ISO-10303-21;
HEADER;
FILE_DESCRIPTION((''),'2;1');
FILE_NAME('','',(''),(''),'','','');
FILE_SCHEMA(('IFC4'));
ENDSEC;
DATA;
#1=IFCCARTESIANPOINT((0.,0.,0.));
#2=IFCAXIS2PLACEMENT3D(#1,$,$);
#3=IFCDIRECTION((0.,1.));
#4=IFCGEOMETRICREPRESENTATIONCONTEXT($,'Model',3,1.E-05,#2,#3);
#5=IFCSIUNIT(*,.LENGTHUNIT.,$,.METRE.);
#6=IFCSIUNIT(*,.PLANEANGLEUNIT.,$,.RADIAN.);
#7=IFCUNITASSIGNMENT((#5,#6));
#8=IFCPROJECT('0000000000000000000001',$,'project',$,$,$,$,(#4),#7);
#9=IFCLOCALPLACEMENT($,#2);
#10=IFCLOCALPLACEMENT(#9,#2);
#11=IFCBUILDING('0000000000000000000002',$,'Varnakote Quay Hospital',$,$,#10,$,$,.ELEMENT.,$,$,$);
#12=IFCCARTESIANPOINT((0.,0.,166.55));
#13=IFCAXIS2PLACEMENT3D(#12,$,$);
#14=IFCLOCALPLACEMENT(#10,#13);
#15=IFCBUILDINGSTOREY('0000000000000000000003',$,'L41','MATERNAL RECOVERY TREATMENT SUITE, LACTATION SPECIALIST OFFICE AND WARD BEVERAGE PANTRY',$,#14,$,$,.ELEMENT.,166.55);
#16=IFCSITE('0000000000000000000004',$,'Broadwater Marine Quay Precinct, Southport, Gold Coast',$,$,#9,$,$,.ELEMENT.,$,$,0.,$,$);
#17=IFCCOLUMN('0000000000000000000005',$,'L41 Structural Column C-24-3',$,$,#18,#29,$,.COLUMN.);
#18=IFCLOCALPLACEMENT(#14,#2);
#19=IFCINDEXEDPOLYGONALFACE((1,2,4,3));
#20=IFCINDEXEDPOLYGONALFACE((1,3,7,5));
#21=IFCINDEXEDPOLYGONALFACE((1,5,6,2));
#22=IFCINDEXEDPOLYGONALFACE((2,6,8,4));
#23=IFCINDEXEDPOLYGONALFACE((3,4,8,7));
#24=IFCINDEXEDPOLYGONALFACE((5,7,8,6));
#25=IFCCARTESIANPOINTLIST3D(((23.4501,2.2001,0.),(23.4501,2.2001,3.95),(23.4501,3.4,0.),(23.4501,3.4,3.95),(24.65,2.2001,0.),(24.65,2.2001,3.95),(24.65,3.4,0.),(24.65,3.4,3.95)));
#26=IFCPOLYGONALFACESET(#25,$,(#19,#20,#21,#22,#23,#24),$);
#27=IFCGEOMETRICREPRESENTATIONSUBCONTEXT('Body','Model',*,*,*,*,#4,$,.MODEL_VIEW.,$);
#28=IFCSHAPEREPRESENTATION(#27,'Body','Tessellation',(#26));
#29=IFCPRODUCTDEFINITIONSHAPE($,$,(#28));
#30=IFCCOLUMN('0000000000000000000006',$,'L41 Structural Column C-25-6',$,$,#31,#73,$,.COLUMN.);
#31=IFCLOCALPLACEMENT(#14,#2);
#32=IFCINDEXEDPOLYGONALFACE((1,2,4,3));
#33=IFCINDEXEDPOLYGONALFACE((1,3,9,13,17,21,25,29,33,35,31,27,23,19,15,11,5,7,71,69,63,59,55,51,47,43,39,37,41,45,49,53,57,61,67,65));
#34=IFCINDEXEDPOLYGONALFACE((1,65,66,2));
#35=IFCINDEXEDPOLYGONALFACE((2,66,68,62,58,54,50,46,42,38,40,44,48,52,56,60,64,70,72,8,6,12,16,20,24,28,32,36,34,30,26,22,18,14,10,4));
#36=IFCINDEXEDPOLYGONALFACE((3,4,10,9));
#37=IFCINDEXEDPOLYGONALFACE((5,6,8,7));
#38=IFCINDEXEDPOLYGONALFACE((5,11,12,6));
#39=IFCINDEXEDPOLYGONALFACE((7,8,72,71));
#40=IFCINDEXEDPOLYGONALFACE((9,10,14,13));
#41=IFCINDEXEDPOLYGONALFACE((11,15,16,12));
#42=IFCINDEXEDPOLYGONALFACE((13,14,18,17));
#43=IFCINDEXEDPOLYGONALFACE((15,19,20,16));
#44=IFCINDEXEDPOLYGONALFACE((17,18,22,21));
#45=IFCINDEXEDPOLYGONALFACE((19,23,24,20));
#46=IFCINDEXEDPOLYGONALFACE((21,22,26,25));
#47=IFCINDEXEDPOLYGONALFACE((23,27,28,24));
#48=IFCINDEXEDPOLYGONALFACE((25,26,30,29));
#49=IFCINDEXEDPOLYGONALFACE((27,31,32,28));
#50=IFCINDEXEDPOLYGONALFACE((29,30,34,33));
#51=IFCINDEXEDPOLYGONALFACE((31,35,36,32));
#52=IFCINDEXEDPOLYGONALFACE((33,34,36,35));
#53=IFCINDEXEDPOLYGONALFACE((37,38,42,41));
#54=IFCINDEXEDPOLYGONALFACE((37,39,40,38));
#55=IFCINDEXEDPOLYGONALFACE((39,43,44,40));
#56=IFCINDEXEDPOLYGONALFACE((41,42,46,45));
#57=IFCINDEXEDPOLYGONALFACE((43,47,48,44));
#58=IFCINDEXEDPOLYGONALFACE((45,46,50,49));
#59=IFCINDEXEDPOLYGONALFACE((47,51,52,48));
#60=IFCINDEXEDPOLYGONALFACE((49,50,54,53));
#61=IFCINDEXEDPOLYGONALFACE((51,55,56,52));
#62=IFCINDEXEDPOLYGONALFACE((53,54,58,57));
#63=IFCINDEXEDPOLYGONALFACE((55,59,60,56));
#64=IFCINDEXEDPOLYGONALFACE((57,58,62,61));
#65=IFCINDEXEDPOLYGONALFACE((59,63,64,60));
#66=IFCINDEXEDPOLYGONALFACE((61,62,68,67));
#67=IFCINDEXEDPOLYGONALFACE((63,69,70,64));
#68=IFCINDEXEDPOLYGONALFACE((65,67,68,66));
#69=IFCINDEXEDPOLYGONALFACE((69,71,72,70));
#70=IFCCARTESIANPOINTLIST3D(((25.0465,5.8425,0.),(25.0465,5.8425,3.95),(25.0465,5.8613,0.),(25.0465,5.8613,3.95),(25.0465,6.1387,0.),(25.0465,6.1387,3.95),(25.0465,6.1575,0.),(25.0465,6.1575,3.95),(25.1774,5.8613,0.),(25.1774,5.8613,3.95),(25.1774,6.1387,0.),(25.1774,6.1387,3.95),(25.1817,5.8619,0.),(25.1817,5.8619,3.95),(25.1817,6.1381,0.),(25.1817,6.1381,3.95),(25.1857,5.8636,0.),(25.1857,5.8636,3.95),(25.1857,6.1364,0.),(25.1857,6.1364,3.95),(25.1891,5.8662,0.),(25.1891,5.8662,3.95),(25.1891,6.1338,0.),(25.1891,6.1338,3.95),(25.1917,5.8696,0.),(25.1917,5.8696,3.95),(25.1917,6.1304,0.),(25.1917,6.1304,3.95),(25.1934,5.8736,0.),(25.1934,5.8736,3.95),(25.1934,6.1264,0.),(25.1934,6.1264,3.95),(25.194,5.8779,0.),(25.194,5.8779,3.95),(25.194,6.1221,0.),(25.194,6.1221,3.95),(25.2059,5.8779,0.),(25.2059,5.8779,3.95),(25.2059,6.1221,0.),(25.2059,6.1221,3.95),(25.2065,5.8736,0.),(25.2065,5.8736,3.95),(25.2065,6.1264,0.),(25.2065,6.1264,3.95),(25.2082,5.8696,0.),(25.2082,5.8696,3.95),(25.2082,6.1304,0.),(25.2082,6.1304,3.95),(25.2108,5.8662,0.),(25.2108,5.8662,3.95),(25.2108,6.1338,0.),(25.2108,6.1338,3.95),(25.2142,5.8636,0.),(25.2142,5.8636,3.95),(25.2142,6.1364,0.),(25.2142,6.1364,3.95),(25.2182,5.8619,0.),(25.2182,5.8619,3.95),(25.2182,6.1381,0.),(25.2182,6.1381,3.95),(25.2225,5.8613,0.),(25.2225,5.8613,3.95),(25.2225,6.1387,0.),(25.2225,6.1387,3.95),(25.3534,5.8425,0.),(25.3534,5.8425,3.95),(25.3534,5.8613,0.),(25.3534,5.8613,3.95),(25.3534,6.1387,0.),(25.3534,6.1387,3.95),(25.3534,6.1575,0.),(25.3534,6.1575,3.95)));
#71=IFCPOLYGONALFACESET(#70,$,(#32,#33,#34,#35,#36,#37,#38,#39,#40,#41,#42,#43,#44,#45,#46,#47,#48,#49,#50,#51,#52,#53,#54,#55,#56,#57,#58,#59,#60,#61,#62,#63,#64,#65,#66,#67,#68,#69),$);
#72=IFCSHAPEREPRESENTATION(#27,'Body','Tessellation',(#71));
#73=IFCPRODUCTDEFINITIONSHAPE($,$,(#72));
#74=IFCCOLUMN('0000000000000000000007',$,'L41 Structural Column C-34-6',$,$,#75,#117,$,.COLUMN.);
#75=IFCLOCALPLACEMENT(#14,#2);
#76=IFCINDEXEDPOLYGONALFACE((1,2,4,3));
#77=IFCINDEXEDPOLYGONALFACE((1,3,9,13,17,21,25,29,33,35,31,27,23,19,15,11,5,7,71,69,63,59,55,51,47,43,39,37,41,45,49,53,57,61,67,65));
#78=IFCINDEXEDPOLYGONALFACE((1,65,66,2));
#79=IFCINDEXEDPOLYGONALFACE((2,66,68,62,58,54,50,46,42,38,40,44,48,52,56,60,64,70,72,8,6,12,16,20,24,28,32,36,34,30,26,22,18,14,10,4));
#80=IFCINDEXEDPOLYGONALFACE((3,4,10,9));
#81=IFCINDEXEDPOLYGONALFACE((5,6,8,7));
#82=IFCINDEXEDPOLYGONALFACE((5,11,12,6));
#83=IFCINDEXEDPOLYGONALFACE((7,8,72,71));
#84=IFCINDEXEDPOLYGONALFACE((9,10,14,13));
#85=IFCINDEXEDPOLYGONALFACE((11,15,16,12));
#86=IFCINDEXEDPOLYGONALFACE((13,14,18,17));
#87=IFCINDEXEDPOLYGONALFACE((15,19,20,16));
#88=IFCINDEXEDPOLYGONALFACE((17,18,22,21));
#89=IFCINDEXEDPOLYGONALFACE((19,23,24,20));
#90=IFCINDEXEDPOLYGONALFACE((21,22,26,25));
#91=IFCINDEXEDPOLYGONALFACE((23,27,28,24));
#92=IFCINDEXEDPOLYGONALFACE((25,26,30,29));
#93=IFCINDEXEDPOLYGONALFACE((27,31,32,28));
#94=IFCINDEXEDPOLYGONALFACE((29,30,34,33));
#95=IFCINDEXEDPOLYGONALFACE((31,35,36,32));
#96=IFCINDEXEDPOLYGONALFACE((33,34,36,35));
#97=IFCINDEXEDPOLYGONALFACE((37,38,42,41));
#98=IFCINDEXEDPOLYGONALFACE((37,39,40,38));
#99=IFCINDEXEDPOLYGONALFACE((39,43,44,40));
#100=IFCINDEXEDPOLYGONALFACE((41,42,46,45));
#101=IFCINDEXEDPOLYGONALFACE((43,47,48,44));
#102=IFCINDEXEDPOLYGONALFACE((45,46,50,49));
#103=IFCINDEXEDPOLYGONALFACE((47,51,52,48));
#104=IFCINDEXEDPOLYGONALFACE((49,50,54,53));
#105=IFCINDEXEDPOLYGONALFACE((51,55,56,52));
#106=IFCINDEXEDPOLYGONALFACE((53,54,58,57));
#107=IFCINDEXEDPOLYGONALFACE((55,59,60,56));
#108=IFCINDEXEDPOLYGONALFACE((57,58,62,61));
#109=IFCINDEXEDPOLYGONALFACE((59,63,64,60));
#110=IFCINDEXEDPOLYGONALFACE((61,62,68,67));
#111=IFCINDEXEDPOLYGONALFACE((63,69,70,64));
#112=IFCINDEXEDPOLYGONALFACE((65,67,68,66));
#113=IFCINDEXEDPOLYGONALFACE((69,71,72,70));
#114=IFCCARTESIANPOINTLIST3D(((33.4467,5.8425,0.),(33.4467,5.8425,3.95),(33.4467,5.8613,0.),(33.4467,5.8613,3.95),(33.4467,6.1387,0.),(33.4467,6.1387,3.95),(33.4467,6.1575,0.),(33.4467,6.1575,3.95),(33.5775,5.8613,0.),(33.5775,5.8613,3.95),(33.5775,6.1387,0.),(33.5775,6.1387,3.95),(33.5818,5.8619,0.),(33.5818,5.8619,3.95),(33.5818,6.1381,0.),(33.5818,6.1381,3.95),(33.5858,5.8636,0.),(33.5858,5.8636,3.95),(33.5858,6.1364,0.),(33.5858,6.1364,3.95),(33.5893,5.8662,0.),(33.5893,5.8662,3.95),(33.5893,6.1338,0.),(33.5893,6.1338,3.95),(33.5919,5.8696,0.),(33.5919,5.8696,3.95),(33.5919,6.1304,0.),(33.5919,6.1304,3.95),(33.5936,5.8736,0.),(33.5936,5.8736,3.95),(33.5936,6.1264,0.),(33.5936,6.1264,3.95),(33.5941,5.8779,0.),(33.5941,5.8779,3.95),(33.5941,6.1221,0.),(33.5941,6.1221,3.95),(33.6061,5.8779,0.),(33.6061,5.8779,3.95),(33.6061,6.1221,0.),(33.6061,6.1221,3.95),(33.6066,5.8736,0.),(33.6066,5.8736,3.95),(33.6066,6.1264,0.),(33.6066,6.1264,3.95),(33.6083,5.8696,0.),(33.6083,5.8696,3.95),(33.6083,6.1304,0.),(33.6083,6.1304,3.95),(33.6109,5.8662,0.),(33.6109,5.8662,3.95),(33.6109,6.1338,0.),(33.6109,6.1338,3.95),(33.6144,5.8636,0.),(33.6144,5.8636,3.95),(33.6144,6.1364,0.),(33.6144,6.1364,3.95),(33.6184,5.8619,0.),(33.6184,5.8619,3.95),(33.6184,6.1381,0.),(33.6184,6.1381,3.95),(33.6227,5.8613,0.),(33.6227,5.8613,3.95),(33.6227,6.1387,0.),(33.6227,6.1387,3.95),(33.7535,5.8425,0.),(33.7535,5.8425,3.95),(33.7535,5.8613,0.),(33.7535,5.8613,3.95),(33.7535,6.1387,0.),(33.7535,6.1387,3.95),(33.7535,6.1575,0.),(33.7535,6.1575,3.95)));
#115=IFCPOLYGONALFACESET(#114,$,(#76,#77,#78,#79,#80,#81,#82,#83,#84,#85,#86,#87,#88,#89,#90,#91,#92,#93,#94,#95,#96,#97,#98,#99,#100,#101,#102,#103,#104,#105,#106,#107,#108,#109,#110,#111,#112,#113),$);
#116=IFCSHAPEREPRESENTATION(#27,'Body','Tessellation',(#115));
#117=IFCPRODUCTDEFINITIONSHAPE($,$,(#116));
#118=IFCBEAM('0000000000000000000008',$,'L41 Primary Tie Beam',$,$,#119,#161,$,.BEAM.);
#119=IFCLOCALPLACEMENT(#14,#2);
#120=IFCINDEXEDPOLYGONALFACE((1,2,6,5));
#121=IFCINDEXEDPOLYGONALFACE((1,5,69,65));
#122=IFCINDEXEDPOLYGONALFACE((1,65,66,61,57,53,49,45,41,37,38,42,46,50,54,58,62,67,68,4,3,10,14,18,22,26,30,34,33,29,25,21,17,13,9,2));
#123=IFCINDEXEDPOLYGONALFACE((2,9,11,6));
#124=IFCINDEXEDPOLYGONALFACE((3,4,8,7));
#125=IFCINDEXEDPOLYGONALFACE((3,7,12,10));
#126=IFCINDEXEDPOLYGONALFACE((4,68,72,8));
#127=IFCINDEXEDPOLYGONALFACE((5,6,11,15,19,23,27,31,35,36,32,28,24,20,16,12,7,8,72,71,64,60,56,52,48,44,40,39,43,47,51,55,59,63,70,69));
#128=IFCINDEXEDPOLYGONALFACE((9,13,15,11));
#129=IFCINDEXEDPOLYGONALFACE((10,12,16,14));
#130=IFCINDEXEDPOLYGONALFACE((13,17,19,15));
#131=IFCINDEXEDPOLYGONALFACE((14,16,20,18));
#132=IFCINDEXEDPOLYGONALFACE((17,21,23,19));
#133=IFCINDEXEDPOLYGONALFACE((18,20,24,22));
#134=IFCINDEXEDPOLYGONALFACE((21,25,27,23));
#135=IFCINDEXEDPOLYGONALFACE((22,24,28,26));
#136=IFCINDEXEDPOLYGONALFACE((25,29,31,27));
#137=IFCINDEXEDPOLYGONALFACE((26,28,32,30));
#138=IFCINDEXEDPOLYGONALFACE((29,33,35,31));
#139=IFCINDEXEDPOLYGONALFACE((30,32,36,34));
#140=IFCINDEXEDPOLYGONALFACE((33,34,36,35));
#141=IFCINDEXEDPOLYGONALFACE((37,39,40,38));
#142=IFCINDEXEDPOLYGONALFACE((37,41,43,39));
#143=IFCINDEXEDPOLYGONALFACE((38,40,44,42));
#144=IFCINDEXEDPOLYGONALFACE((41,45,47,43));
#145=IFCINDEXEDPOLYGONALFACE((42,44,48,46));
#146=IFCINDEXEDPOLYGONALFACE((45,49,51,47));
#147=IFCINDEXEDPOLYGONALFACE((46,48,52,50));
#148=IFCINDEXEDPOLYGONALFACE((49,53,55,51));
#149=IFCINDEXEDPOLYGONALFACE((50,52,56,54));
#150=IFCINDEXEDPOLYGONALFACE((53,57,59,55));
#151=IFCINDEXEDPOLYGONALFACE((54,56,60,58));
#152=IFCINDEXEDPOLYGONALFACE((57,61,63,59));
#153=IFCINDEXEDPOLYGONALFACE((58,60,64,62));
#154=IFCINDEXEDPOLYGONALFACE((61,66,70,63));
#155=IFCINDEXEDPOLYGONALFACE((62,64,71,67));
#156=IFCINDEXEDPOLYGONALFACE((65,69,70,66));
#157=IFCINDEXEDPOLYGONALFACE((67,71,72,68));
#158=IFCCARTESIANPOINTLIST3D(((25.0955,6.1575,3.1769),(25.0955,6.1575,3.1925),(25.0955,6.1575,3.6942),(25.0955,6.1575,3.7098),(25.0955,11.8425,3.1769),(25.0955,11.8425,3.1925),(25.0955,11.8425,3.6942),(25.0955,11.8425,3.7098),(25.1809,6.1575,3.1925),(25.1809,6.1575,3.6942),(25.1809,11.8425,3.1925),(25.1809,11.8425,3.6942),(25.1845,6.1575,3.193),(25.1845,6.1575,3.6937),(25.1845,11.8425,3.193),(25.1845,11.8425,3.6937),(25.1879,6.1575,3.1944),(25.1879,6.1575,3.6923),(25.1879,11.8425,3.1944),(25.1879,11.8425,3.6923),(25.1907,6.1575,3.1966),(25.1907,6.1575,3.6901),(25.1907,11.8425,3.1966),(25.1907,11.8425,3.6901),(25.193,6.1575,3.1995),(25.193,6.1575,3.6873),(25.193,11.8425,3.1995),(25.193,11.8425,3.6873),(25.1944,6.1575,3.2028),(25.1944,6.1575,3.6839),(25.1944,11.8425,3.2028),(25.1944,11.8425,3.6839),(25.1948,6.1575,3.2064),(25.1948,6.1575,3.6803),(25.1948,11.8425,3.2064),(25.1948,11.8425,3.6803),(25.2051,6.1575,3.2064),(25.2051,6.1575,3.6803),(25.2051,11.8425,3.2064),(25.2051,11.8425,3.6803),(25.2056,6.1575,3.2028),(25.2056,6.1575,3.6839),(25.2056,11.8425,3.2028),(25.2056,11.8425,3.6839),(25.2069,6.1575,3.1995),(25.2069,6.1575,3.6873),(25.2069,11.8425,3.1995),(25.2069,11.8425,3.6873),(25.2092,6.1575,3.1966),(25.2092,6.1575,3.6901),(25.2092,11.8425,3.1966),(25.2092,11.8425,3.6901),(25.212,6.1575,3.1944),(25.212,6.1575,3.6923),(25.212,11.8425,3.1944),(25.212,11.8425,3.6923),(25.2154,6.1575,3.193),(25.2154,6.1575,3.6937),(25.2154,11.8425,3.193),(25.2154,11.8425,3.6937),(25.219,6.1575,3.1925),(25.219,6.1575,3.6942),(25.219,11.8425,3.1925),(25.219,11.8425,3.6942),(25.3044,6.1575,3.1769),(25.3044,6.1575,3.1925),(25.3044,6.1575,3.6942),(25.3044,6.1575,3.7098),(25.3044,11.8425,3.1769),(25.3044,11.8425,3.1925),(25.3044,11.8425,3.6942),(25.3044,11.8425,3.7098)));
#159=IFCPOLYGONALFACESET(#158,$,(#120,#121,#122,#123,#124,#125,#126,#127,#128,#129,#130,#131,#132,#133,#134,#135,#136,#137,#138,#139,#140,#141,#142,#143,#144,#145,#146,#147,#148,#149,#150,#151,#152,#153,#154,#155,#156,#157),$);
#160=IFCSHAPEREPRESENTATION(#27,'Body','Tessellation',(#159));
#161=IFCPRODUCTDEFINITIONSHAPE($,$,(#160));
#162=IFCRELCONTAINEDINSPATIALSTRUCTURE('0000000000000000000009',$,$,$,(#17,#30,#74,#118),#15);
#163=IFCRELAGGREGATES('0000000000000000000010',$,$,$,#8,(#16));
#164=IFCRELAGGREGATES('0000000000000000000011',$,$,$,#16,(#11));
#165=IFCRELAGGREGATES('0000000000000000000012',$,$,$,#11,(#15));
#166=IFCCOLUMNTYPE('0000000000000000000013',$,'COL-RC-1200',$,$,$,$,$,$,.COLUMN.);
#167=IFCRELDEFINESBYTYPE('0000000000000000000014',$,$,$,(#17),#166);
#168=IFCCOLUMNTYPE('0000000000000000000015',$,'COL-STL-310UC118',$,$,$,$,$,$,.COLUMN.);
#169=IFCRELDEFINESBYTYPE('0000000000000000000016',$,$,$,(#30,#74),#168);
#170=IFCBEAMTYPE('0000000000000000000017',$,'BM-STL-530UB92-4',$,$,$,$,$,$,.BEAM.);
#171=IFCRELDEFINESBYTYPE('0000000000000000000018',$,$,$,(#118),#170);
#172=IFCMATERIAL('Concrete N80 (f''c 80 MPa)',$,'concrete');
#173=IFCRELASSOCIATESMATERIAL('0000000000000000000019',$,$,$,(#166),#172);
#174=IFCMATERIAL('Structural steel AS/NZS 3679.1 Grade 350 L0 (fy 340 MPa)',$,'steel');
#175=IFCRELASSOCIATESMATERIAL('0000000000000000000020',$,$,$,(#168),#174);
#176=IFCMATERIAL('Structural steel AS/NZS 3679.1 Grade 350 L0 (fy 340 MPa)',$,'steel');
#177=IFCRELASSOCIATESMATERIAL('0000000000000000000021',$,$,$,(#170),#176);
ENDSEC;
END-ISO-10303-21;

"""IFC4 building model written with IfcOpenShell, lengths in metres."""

from ifc_helpers import new_model, si_unit, direction, frame, origin, origin_2d, place, context, subcontext, project, spatial, rectangle, i_section, extrude, material, material_profile, profile_set, type_object, element, save


model = new_model("IFC4")

# Units and contexts
model_context = context("Model", 3, precision=1e-05, world=origin(), true_north=direction((0.0, 1.0)))
body_context = subcontext(model_context, "Body", "Model", "MODEL_VIEW")
ifc_project = project(units=[si_unit("LENGTHUNIT", "METRE"), si_unit("PLANEANGLEUNIT", "RADIAN")], contexts=[model_context])

# Site, building, storey
site_placement = place(None, origin())
site = spatial("IfcSite", under=ifc_project, at=site_placement, Name="Broadwater Marine Quay Precinct, Southport, Gold Coast", CompositionType="ELEMENT", RefElevation=0.0)
building_placement = place(site_placement, origin())
building = spatial("IfcBuilding", under=site, at=building_placement, Name="Varnakote Quay Hospital", CompositionType="ELEMENT")
storey_placement = place(building_placement, frame((0.0, 0.0, 166.55)))
storey = spatial("IfcBuildingStorey", under=building, at=storey_placement, Name="L41", Description="MATERNAL RECOVERY TREATMENT SUITE, LACTATION SPECIALIST OFFICE AND WARD BEVERAGE PANTRY", CompositionType="ELEMENT", Elevation=166.55)

# Columns
ifc_material_1 = material(Name="Concrete N80 (f'c 80 MPa)", Category="concrete")
ifc_material_profile_1 = material_profile(ifc_material_1, rectangle(XDim=1.2, YDim=1.2, at=origin_2d()), Name="RC-COL-1200x1200")
ifc_profile_set_1 = profile_set([ifc_material_profile_1], Name="Concrete N80 (f'c 80 MPa)")
column_type_1 = type_object("IfcColumnType", Name="COL-RC-1200", PredefinedType="COLUMN", material=ifc_profile_set_1)
column_placement = place(storey_placement, frame((24.05, 2.8, 0.0), z_axis=(0.0, 0.0, 1.0), x_axis=(1.0, 0.0, 0.0)))
element("IfcColumn", 1, at=column_placement, inside=storey, type_object=column_type_1, Name="L41 Structural Column C-24-3", PredefinedType="COLUMN", context=body_context, shape_type="SweptSolid", body=[
    extrude(rectangle(XDim=1.2, YDim=1.2, at=origin_2d()), origin(), (0.0, 0.0, 1.0), 3.95),
])
ifc_material_2 = material(Name="Structural steel AS/NZS 3679.1 Grade 350 L0 (fy 340 MPa)", Category="steel")
ifc_material_profile_2 = material_profile(ifc_material_2, i_section(OverallWidth=0.3069, OverallDepth=0.3149, WebThickness=0.012, FlangeThickness=0.0188, FilletRadius=0.0166, at=origin_2d()), Name="310UC118")
ifc_profile_set_2 = profile_set([ifc_material_profile_2], Name="Structural steel AS/NZS 3679.1 Grade 350 L0 (fy 340 MPa)")
column_type_2 = type_object("IfcColumnType", Name="COL-STL-310UC118", PredefinedType="COLUMN", material=ifc_profile_set_2)
for number, where, z_axis, x_axis, name in (
    (2, (25.2, 6.0, 0.0), (0.0, 0.0, 1.0), (1.0, 0.0, 0.0), "L41 Structural Column C-25-6"),
    (3, (33.6001, 6.0, 0.0), (0.0, 0.0, 1.0), (1.0, 0.0, 0.0), "L41 Structural Column C-34-6"),
):
    element("IfcColumn", number, at=place(storey_placement, frame(where, z_axis=z_axis, x_axis=x_axis)), inside=storey, type_object=column_type_2, Name=name, PredefinedType="COLUMN", context=body_context, shape_type="SweptSolid", body=[
        extrude(i_section(OverallWidth=0.3069, OverallDepth=0.3149, WebThickness=0.012, FlangeThickness=0.0188, FilletRadius=0.0166, at=origin_2d()), origin(), (0.0, 0.0, 1.0), 3.95),
    ])

# Beam
ifc_material_3 = material(Name="Structural steel AS/NZS 3679.1 Grade 350 L0 (fy 340 MPa)", Category="steel")
ifc_material_profile_3 = material_profile(ifc_material_3, i_section(OverallWidth=0.209, OverallDepth=0.533, WebThickness=0.0103, FlangeThickness=0.0156, FilletRadius=0.0139, at=origin_2d()), Name="530UB92.4")
ifc_profile_set_3 = profile_set([ifc_material_profile_3], Name="Structural steel AS/NZS 3679.1 Grade 350 L0 (fy 340 MPa)")
beam_type_1 = type_object("IfcBeamType", Name="BM-STL-530UB92-4", PredefinedType="BEAM", material=ifc_profile_set_3)
for number, where, z_axis, x_axis, name in (
    (4, (25.2, 6.1575, 3.4434), (0.0, 1.0, 0.0), (-1.0, 0.0, 0.0), "L41 Primary Tie Beam"),
):
    element("IfcBeam", number, at=place(storey_placement, frame(where, z_axis=z_axis, x_axis=x_axis)), inside=storey, type_object=beam_type_1, Name=name, PredefinedType="BEAM", context=body_context, shape_type="SweptSolid", body=[
        extrude(i_section(OverallWidth=0.209, OverallDepth=0.533, WebThickness=0.0103, FlangeThickness=0.0156, FilletRadius=0.0139, at=origin_2d()), origin(), (0.0, 0.0, 1.0), 5.6851),
    ])

save(model, "model.ifc")
